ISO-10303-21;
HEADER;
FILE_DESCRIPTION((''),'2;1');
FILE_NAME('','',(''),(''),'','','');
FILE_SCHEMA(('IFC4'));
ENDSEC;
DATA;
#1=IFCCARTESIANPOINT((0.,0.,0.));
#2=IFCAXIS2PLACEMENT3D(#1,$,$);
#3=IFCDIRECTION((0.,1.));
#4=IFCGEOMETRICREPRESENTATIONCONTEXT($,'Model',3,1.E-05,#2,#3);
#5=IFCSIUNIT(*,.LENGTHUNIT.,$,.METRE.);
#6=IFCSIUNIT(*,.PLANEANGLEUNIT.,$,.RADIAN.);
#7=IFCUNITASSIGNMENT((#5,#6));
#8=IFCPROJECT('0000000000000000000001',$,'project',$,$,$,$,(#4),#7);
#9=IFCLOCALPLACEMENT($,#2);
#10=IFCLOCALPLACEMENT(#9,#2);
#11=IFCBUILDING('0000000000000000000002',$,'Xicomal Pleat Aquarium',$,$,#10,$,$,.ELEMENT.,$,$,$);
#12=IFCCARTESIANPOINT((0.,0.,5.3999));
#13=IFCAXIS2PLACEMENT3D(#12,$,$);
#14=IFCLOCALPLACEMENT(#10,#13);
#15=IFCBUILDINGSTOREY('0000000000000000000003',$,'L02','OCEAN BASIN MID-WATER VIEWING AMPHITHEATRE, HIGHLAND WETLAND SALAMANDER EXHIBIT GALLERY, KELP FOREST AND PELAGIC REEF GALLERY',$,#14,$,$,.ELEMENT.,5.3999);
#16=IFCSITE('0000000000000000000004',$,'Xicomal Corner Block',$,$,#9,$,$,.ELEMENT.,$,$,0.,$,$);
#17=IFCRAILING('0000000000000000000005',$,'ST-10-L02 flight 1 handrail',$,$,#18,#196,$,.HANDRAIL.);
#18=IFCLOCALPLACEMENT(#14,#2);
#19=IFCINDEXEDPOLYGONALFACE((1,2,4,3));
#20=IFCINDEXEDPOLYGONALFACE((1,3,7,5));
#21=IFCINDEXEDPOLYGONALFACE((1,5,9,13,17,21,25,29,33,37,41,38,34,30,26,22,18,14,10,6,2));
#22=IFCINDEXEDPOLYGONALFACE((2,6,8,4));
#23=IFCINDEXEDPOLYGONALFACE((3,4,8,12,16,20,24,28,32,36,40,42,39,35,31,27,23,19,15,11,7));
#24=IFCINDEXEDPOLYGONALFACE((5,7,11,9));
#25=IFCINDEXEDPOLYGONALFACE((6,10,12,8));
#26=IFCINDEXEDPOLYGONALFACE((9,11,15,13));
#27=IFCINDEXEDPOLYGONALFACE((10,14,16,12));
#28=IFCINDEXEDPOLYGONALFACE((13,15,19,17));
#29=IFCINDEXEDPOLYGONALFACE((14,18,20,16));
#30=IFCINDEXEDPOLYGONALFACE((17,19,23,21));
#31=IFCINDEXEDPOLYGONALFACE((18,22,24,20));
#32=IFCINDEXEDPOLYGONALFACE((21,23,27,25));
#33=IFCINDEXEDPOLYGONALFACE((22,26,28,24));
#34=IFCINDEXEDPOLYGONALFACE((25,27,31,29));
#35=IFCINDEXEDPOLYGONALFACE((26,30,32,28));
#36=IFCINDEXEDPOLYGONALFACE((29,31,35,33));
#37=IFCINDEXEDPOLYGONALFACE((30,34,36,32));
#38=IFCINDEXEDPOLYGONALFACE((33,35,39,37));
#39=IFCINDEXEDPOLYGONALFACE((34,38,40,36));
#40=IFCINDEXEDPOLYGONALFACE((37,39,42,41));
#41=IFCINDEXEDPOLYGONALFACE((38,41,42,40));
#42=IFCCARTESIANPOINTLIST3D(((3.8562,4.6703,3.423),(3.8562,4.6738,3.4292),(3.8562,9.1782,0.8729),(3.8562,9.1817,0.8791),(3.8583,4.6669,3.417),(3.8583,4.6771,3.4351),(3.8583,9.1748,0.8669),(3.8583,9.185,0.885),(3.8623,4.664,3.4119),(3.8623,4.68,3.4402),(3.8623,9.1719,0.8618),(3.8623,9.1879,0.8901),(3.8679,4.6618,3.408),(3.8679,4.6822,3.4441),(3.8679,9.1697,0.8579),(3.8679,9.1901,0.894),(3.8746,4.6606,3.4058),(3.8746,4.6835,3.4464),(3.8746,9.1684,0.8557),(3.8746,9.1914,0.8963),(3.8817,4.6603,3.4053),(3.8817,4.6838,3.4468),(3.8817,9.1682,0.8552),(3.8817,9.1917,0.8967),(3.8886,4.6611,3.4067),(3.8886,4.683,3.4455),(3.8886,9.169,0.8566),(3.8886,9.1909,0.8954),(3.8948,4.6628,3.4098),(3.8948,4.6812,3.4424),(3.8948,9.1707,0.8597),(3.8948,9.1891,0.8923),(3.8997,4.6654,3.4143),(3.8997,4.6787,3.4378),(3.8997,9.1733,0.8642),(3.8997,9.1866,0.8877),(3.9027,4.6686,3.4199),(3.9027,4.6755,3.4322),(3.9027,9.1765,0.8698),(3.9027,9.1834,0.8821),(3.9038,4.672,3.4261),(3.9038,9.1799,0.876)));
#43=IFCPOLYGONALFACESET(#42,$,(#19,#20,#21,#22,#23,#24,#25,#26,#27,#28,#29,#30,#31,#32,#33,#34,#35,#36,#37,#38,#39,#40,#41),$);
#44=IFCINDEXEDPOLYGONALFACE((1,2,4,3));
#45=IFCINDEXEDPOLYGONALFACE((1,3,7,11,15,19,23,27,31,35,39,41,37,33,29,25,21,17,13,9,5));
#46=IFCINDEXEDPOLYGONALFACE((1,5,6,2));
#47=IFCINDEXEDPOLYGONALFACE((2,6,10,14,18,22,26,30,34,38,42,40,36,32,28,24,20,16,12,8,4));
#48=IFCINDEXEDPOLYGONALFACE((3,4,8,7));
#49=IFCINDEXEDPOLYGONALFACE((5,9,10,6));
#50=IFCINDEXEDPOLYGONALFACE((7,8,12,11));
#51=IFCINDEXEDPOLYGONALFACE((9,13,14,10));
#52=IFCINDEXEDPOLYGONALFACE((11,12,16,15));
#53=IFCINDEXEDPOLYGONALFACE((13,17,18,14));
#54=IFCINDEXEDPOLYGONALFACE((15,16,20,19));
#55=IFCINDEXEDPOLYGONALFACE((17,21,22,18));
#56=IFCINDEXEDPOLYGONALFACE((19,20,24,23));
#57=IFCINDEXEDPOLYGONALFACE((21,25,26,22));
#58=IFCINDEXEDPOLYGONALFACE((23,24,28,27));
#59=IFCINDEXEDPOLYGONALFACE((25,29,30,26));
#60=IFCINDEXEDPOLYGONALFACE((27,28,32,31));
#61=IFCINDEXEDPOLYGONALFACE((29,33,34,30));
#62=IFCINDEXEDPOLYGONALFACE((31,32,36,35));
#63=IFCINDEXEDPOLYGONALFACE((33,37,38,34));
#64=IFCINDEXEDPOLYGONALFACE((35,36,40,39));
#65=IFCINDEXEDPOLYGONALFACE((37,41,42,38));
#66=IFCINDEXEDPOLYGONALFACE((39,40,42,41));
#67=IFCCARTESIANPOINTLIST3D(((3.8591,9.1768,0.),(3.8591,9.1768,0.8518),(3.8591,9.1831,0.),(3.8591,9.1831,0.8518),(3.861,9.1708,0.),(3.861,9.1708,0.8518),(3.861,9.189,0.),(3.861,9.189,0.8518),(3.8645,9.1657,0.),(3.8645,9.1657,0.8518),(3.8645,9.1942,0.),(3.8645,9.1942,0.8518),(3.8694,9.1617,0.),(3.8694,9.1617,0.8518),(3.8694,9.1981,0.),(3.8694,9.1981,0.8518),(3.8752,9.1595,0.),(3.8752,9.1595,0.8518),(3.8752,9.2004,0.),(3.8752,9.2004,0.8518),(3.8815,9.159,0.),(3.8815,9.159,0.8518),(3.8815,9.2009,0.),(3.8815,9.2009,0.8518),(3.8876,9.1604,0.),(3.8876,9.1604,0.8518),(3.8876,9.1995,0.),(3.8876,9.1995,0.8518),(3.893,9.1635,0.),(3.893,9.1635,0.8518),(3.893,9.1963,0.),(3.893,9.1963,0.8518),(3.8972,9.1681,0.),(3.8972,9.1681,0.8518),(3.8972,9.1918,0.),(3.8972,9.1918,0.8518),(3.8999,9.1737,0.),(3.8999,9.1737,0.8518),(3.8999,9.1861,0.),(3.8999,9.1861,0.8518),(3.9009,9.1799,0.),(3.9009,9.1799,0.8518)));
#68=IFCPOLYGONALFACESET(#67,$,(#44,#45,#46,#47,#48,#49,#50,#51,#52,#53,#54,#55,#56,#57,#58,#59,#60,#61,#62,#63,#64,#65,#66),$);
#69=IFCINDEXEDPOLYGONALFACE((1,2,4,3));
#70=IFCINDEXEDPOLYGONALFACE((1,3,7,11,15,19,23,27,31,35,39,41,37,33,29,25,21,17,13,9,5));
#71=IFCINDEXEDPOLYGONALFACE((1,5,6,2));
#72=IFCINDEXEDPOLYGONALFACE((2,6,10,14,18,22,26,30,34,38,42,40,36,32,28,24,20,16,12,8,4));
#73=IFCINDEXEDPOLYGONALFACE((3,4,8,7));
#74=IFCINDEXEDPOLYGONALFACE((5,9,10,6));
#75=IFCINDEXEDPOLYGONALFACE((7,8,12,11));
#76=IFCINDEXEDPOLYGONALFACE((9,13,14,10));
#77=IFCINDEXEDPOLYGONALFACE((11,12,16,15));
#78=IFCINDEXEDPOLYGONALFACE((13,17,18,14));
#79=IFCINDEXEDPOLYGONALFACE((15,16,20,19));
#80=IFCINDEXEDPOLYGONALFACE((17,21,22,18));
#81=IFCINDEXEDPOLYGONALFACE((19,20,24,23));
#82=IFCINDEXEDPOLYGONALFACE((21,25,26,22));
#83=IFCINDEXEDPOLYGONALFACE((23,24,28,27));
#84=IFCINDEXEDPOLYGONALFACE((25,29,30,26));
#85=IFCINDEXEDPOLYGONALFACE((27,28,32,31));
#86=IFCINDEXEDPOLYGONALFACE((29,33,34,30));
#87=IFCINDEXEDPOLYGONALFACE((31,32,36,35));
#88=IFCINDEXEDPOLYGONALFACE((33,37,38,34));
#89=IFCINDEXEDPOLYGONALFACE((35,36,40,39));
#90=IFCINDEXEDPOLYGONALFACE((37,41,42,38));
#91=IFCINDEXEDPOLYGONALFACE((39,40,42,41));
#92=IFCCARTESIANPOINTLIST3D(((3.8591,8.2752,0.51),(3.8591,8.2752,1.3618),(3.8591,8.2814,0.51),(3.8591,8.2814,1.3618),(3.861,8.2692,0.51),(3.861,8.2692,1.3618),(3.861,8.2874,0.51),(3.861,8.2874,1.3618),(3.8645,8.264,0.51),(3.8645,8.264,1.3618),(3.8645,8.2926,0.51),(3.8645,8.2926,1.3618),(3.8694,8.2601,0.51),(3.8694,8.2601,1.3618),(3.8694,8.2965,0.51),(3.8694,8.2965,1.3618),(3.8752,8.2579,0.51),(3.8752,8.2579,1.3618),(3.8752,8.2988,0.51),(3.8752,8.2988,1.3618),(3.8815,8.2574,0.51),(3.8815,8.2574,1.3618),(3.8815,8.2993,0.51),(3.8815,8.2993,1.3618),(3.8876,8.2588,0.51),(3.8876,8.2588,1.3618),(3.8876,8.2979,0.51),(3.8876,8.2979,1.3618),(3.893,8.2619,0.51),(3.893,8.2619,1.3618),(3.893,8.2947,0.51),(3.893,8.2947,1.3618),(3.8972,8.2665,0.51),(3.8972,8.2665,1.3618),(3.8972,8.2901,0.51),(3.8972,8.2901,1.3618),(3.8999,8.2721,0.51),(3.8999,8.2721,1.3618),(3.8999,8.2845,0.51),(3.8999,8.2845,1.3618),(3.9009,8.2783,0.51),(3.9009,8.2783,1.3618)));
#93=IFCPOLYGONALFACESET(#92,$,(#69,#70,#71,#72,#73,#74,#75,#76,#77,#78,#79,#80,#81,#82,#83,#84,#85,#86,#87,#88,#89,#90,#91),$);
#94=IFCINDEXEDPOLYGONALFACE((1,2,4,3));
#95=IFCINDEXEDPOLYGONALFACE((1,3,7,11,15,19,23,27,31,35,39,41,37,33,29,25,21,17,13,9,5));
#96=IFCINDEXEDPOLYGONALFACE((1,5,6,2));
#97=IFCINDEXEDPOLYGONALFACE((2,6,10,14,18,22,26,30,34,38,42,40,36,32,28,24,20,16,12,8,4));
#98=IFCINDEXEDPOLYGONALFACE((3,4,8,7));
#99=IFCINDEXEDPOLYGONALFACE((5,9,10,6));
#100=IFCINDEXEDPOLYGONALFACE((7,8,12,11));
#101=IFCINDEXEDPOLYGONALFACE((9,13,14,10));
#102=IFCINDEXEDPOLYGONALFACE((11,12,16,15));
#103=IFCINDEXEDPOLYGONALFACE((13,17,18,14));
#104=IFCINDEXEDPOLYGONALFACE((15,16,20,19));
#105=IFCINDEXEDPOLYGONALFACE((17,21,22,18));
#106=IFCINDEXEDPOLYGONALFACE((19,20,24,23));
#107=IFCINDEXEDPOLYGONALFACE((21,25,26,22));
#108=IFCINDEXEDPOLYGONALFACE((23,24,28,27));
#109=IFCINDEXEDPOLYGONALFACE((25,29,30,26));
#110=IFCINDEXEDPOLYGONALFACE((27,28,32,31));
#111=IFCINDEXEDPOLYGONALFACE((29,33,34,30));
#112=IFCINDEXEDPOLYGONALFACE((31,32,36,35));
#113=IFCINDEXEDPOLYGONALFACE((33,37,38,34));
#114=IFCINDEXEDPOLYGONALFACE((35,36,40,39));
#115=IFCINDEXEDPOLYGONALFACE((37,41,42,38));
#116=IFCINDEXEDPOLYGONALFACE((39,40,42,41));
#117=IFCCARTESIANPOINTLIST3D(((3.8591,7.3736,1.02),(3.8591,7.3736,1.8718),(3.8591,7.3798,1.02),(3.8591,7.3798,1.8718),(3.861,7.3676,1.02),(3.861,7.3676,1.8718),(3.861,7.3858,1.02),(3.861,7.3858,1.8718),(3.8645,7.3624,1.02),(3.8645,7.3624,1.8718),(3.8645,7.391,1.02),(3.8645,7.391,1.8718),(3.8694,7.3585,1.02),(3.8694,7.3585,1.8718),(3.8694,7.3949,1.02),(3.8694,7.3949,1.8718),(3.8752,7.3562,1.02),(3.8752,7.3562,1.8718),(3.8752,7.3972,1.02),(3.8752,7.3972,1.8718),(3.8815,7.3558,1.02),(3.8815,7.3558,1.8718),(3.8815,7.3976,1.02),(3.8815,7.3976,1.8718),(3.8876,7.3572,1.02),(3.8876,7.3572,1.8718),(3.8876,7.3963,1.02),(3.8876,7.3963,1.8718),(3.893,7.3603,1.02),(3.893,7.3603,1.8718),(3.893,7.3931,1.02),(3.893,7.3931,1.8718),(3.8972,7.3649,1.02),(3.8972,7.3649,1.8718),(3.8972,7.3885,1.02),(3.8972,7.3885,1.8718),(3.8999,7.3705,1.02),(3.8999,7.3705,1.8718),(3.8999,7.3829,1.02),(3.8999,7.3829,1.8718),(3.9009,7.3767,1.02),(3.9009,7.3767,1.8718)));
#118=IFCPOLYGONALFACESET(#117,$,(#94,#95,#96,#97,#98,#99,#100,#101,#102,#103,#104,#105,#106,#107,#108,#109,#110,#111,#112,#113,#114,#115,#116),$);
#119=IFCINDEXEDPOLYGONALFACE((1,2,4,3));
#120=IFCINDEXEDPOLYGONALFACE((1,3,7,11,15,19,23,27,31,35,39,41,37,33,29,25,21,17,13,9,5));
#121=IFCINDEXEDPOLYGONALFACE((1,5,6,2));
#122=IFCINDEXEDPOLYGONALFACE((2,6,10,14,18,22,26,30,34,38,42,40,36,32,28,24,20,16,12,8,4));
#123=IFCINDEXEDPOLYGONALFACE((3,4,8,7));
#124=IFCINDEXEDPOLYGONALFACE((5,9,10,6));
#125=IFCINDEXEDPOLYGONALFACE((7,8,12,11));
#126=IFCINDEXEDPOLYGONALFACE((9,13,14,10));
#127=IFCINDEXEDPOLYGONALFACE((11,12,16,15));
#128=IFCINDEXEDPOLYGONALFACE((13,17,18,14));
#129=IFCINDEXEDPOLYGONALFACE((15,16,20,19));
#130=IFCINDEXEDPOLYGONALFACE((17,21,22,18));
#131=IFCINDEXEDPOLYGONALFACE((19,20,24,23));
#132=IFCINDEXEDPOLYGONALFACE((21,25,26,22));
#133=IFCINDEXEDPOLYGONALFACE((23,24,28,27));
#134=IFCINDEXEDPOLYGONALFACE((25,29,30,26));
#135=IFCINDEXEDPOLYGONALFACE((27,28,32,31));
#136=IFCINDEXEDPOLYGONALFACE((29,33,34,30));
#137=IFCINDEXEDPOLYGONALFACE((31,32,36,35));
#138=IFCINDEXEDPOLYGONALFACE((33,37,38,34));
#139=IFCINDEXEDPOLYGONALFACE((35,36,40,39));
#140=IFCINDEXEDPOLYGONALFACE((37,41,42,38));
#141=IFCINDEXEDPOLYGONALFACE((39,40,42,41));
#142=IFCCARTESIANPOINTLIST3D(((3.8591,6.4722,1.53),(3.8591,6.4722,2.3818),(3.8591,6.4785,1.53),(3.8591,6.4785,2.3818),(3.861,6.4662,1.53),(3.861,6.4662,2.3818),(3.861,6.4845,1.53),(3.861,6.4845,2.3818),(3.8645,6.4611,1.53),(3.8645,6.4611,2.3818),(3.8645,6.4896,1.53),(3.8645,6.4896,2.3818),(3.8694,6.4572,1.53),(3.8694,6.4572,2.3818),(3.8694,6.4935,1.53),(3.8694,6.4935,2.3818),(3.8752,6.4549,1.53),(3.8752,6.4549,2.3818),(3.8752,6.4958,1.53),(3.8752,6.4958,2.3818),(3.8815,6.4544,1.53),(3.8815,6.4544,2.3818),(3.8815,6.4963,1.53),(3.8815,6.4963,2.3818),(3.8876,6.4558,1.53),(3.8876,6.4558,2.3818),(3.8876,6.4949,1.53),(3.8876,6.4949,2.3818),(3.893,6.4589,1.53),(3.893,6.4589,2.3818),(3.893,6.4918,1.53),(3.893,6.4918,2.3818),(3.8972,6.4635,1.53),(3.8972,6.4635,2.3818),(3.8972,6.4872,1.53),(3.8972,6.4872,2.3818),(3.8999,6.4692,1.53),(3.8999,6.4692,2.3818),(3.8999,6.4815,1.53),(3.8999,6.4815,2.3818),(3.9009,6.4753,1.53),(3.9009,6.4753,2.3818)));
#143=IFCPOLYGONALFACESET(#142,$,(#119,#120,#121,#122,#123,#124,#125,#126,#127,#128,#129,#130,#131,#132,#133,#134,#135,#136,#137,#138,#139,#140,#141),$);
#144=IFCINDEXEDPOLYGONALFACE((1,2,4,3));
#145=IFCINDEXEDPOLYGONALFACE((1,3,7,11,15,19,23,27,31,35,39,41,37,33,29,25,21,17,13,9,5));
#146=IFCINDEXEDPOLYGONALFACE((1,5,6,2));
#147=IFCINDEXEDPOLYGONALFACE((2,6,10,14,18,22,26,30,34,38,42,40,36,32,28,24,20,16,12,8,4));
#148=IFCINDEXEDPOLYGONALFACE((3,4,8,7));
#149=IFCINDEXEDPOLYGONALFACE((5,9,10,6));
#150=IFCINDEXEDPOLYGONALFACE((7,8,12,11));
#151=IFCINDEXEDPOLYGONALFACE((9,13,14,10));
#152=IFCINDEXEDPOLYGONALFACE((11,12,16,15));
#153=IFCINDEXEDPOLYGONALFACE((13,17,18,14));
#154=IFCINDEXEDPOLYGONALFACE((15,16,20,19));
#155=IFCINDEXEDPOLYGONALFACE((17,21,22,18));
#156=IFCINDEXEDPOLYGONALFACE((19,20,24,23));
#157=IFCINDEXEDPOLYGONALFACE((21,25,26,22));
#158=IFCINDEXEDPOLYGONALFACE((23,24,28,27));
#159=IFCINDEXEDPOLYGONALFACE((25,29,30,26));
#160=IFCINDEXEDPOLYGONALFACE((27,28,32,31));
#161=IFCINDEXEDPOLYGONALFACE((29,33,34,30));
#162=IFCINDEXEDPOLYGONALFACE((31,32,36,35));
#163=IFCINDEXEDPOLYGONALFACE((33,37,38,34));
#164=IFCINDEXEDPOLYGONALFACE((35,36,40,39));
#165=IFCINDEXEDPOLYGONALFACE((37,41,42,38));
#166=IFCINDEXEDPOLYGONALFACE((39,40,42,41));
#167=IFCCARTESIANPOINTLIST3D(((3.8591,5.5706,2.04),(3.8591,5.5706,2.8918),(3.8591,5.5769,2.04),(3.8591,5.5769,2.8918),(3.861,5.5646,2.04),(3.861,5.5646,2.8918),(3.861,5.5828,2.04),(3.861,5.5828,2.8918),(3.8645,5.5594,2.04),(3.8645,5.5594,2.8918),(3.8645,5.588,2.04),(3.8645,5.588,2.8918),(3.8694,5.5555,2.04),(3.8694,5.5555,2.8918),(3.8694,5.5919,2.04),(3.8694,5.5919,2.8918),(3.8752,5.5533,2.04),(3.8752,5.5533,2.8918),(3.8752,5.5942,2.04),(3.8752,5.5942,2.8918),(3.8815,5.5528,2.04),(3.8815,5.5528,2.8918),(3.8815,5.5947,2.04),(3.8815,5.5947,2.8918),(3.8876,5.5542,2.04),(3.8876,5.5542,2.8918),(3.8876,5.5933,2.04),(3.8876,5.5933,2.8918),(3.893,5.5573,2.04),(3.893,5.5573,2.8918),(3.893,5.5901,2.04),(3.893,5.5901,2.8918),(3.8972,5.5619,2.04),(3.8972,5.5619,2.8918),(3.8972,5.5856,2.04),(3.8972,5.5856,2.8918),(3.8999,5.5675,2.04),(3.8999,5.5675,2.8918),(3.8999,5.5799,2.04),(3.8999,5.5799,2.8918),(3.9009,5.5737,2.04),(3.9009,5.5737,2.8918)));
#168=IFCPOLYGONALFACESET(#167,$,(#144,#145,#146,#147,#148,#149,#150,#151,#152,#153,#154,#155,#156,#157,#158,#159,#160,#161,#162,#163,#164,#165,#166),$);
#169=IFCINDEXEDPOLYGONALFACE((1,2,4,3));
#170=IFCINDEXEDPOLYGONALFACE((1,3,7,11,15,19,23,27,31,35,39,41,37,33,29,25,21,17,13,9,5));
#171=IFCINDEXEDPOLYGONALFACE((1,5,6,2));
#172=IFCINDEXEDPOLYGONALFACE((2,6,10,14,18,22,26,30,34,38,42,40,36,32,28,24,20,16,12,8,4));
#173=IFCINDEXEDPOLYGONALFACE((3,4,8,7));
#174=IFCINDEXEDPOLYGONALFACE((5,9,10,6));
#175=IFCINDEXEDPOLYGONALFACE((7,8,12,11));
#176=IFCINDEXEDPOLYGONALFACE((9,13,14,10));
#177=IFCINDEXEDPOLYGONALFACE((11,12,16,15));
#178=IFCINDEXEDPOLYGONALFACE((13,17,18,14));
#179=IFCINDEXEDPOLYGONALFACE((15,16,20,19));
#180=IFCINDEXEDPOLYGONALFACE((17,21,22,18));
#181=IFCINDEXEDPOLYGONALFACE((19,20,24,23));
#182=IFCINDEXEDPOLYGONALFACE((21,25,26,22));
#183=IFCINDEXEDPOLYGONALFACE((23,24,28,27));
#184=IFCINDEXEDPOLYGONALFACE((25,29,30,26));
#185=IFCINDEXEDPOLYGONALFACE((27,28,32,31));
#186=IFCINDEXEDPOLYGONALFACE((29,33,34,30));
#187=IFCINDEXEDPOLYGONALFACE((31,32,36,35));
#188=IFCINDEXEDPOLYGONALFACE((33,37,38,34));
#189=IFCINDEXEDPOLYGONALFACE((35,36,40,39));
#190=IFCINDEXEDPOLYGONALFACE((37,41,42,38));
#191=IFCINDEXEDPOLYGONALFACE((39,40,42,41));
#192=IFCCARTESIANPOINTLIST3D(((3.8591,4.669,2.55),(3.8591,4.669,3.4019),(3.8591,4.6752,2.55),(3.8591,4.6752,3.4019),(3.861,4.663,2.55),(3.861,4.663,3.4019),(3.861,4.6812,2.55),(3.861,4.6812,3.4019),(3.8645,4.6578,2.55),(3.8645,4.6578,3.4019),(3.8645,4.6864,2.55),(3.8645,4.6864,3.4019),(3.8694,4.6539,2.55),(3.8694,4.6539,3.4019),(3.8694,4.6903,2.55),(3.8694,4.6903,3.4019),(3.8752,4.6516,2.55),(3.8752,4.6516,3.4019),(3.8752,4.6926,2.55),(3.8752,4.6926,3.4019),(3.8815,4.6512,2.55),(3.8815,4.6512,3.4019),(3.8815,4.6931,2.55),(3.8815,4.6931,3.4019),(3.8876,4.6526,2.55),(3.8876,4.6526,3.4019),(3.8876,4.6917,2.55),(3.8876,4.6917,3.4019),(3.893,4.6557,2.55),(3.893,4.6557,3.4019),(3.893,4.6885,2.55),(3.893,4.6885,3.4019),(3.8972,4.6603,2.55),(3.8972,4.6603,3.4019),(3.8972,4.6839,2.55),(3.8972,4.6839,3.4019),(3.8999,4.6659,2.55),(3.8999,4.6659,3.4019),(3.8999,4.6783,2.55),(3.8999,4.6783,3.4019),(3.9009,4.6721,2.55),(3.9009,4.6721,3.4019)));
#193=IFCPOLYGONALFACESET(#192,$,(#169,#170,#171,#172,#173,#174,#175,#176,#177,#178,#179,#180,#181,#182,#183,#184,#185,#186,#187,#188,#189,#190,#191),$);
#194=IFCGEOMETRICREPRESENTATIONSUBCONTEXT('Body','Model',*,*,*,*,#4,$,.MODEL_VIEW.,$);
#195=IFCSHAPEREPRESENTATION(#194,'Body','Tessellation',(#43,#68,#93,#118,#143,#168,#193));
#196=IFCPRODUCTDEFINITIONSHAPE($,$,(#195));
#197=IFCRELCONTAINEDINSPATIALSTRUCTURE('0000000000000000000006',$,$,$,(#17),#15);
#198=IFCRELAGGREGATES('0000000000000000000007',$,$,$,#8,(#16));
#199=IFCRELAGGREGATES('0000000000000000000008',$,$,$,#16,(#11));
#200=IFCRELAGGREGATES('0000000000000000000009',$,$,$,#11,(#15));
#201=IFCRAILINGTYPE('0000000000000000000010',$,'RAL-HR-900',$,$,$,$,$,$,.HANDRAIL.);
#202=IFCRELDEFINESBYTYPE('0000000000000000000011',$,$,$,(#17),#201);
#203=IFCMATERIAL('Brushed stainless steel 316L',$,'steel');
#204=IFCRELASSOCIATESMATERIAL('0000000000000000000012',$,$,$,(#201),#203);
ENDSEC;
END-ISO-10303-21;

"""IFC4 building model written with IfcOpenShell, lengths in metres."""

from ifc_helpers import new_model, si_unit, direction, frame, origin, origin_2d, place, context, subcontext, project, spatial, circle, extrude, material, type_object, element, save


model = new_model("IFC4")

# Units and contexts
model_context = context("Model", 3, precision=1e-05, world=origin(), true_north=direction((0.0, 1.0)))
body_context = subcontext(model_context, "Body", "Model", "MODEL_VIEW")
ifc_project = project(units=[si_unit("LENGTHUNIT", "METRE"), si_unit("PLANEANGLEUNIT", "RADIAN")], contexts=[model_context])

# Site, building, storey
site_placement = place(None, origin())
site = spatial("IfcSite", under=ifc_project, at=site_placement, Name="Xicomal Corner Block", CompositionType="ELEMENT", RefElevation=0.0)
building_placement = place(site_placement, origin())
building = spatial("IfcBuilding", under=site, at=building_placement, Name="Xicomal Pleat Aquarium", CompositionType="ELEMENT")
storey_placement = place(building_placement, frame((0.0, 0.0, 5.3999)))
storey = spatial("IfcBuildingStorey", under=building, at=storey_placement, Name="L02", Description="OCEAN BASIN MID-WATER VIEWING AMPHITHEATRE, HIGHLAND WETLAND SALAMANDER EXHIBIT GALLERY, KELP FOREST AND PELAGIC REEF GALLERY", CompositionType="ELEMENT", Elevation=5.3999)

# Railing
ifc_material_1 = material(Name="Brushed stainless steel 316L", Category="steel")
railing_type_1 = type_object("IfcRailingType", Name="RAL-HR-900", PredefinedType="HANDRAIL", material=ifc_material_1)
railing_1_placement = place(storey_placement, frame((3.8799, 9.1799, 0.0)))
element("IfcRailing", 1, at=railing_1_placement, inside=storey, type_object=railing_type_1, Name="ST-10-L02 flight 1 handrail", PredefinedType="HANDRAIL", context=body_context, shape_type="SweptSolid", body=[
    extrude(circle(Radius=0.0239, at=origin_2d()), frame((0.0, 0.0, 0.876), z_axis=(0.0, -0.870385, 0.492373), x_axis=(1.0, 0.0, 0.0)), (0.0, 0.0, 1.0), 5.1792),
    extrude(circle(Radius=0.021, at=origin_2d()), origin(), (0.0, 0.0, 1.0), 0.8518),
    extrude(circle(Radius=0.021, at=origin_2d()), frame((0.0, -0.9016, 0.51)), (0.0, 0.0, 1.0), 0.8518),
    extrude(circle(Radius=0.021, at=origin_2d()), frame((0.0, -1.8032, 1.02)), (0.0, 0.0, 1.0), 0.8518),
    extrude(circle(Radius=0.021, at=origin_2d()), frame((0.0, -2.7046, 1.53)), (0.0, 0.0, 1.0), 0.8518),
    extrude(circle(Radius=0.021, at=origin_2d()), frame((0.0, -3.6062, 2.04)), (0.0, 0.0, 1.0), 0.8518),
    extrude(circle(Radius=0.021, at=origin_2d()), frame((0.0, -4.5078, 2.55)), (0.0, 0.0, 1.0), 0.8518),
])

save(model, "model.ifc")
